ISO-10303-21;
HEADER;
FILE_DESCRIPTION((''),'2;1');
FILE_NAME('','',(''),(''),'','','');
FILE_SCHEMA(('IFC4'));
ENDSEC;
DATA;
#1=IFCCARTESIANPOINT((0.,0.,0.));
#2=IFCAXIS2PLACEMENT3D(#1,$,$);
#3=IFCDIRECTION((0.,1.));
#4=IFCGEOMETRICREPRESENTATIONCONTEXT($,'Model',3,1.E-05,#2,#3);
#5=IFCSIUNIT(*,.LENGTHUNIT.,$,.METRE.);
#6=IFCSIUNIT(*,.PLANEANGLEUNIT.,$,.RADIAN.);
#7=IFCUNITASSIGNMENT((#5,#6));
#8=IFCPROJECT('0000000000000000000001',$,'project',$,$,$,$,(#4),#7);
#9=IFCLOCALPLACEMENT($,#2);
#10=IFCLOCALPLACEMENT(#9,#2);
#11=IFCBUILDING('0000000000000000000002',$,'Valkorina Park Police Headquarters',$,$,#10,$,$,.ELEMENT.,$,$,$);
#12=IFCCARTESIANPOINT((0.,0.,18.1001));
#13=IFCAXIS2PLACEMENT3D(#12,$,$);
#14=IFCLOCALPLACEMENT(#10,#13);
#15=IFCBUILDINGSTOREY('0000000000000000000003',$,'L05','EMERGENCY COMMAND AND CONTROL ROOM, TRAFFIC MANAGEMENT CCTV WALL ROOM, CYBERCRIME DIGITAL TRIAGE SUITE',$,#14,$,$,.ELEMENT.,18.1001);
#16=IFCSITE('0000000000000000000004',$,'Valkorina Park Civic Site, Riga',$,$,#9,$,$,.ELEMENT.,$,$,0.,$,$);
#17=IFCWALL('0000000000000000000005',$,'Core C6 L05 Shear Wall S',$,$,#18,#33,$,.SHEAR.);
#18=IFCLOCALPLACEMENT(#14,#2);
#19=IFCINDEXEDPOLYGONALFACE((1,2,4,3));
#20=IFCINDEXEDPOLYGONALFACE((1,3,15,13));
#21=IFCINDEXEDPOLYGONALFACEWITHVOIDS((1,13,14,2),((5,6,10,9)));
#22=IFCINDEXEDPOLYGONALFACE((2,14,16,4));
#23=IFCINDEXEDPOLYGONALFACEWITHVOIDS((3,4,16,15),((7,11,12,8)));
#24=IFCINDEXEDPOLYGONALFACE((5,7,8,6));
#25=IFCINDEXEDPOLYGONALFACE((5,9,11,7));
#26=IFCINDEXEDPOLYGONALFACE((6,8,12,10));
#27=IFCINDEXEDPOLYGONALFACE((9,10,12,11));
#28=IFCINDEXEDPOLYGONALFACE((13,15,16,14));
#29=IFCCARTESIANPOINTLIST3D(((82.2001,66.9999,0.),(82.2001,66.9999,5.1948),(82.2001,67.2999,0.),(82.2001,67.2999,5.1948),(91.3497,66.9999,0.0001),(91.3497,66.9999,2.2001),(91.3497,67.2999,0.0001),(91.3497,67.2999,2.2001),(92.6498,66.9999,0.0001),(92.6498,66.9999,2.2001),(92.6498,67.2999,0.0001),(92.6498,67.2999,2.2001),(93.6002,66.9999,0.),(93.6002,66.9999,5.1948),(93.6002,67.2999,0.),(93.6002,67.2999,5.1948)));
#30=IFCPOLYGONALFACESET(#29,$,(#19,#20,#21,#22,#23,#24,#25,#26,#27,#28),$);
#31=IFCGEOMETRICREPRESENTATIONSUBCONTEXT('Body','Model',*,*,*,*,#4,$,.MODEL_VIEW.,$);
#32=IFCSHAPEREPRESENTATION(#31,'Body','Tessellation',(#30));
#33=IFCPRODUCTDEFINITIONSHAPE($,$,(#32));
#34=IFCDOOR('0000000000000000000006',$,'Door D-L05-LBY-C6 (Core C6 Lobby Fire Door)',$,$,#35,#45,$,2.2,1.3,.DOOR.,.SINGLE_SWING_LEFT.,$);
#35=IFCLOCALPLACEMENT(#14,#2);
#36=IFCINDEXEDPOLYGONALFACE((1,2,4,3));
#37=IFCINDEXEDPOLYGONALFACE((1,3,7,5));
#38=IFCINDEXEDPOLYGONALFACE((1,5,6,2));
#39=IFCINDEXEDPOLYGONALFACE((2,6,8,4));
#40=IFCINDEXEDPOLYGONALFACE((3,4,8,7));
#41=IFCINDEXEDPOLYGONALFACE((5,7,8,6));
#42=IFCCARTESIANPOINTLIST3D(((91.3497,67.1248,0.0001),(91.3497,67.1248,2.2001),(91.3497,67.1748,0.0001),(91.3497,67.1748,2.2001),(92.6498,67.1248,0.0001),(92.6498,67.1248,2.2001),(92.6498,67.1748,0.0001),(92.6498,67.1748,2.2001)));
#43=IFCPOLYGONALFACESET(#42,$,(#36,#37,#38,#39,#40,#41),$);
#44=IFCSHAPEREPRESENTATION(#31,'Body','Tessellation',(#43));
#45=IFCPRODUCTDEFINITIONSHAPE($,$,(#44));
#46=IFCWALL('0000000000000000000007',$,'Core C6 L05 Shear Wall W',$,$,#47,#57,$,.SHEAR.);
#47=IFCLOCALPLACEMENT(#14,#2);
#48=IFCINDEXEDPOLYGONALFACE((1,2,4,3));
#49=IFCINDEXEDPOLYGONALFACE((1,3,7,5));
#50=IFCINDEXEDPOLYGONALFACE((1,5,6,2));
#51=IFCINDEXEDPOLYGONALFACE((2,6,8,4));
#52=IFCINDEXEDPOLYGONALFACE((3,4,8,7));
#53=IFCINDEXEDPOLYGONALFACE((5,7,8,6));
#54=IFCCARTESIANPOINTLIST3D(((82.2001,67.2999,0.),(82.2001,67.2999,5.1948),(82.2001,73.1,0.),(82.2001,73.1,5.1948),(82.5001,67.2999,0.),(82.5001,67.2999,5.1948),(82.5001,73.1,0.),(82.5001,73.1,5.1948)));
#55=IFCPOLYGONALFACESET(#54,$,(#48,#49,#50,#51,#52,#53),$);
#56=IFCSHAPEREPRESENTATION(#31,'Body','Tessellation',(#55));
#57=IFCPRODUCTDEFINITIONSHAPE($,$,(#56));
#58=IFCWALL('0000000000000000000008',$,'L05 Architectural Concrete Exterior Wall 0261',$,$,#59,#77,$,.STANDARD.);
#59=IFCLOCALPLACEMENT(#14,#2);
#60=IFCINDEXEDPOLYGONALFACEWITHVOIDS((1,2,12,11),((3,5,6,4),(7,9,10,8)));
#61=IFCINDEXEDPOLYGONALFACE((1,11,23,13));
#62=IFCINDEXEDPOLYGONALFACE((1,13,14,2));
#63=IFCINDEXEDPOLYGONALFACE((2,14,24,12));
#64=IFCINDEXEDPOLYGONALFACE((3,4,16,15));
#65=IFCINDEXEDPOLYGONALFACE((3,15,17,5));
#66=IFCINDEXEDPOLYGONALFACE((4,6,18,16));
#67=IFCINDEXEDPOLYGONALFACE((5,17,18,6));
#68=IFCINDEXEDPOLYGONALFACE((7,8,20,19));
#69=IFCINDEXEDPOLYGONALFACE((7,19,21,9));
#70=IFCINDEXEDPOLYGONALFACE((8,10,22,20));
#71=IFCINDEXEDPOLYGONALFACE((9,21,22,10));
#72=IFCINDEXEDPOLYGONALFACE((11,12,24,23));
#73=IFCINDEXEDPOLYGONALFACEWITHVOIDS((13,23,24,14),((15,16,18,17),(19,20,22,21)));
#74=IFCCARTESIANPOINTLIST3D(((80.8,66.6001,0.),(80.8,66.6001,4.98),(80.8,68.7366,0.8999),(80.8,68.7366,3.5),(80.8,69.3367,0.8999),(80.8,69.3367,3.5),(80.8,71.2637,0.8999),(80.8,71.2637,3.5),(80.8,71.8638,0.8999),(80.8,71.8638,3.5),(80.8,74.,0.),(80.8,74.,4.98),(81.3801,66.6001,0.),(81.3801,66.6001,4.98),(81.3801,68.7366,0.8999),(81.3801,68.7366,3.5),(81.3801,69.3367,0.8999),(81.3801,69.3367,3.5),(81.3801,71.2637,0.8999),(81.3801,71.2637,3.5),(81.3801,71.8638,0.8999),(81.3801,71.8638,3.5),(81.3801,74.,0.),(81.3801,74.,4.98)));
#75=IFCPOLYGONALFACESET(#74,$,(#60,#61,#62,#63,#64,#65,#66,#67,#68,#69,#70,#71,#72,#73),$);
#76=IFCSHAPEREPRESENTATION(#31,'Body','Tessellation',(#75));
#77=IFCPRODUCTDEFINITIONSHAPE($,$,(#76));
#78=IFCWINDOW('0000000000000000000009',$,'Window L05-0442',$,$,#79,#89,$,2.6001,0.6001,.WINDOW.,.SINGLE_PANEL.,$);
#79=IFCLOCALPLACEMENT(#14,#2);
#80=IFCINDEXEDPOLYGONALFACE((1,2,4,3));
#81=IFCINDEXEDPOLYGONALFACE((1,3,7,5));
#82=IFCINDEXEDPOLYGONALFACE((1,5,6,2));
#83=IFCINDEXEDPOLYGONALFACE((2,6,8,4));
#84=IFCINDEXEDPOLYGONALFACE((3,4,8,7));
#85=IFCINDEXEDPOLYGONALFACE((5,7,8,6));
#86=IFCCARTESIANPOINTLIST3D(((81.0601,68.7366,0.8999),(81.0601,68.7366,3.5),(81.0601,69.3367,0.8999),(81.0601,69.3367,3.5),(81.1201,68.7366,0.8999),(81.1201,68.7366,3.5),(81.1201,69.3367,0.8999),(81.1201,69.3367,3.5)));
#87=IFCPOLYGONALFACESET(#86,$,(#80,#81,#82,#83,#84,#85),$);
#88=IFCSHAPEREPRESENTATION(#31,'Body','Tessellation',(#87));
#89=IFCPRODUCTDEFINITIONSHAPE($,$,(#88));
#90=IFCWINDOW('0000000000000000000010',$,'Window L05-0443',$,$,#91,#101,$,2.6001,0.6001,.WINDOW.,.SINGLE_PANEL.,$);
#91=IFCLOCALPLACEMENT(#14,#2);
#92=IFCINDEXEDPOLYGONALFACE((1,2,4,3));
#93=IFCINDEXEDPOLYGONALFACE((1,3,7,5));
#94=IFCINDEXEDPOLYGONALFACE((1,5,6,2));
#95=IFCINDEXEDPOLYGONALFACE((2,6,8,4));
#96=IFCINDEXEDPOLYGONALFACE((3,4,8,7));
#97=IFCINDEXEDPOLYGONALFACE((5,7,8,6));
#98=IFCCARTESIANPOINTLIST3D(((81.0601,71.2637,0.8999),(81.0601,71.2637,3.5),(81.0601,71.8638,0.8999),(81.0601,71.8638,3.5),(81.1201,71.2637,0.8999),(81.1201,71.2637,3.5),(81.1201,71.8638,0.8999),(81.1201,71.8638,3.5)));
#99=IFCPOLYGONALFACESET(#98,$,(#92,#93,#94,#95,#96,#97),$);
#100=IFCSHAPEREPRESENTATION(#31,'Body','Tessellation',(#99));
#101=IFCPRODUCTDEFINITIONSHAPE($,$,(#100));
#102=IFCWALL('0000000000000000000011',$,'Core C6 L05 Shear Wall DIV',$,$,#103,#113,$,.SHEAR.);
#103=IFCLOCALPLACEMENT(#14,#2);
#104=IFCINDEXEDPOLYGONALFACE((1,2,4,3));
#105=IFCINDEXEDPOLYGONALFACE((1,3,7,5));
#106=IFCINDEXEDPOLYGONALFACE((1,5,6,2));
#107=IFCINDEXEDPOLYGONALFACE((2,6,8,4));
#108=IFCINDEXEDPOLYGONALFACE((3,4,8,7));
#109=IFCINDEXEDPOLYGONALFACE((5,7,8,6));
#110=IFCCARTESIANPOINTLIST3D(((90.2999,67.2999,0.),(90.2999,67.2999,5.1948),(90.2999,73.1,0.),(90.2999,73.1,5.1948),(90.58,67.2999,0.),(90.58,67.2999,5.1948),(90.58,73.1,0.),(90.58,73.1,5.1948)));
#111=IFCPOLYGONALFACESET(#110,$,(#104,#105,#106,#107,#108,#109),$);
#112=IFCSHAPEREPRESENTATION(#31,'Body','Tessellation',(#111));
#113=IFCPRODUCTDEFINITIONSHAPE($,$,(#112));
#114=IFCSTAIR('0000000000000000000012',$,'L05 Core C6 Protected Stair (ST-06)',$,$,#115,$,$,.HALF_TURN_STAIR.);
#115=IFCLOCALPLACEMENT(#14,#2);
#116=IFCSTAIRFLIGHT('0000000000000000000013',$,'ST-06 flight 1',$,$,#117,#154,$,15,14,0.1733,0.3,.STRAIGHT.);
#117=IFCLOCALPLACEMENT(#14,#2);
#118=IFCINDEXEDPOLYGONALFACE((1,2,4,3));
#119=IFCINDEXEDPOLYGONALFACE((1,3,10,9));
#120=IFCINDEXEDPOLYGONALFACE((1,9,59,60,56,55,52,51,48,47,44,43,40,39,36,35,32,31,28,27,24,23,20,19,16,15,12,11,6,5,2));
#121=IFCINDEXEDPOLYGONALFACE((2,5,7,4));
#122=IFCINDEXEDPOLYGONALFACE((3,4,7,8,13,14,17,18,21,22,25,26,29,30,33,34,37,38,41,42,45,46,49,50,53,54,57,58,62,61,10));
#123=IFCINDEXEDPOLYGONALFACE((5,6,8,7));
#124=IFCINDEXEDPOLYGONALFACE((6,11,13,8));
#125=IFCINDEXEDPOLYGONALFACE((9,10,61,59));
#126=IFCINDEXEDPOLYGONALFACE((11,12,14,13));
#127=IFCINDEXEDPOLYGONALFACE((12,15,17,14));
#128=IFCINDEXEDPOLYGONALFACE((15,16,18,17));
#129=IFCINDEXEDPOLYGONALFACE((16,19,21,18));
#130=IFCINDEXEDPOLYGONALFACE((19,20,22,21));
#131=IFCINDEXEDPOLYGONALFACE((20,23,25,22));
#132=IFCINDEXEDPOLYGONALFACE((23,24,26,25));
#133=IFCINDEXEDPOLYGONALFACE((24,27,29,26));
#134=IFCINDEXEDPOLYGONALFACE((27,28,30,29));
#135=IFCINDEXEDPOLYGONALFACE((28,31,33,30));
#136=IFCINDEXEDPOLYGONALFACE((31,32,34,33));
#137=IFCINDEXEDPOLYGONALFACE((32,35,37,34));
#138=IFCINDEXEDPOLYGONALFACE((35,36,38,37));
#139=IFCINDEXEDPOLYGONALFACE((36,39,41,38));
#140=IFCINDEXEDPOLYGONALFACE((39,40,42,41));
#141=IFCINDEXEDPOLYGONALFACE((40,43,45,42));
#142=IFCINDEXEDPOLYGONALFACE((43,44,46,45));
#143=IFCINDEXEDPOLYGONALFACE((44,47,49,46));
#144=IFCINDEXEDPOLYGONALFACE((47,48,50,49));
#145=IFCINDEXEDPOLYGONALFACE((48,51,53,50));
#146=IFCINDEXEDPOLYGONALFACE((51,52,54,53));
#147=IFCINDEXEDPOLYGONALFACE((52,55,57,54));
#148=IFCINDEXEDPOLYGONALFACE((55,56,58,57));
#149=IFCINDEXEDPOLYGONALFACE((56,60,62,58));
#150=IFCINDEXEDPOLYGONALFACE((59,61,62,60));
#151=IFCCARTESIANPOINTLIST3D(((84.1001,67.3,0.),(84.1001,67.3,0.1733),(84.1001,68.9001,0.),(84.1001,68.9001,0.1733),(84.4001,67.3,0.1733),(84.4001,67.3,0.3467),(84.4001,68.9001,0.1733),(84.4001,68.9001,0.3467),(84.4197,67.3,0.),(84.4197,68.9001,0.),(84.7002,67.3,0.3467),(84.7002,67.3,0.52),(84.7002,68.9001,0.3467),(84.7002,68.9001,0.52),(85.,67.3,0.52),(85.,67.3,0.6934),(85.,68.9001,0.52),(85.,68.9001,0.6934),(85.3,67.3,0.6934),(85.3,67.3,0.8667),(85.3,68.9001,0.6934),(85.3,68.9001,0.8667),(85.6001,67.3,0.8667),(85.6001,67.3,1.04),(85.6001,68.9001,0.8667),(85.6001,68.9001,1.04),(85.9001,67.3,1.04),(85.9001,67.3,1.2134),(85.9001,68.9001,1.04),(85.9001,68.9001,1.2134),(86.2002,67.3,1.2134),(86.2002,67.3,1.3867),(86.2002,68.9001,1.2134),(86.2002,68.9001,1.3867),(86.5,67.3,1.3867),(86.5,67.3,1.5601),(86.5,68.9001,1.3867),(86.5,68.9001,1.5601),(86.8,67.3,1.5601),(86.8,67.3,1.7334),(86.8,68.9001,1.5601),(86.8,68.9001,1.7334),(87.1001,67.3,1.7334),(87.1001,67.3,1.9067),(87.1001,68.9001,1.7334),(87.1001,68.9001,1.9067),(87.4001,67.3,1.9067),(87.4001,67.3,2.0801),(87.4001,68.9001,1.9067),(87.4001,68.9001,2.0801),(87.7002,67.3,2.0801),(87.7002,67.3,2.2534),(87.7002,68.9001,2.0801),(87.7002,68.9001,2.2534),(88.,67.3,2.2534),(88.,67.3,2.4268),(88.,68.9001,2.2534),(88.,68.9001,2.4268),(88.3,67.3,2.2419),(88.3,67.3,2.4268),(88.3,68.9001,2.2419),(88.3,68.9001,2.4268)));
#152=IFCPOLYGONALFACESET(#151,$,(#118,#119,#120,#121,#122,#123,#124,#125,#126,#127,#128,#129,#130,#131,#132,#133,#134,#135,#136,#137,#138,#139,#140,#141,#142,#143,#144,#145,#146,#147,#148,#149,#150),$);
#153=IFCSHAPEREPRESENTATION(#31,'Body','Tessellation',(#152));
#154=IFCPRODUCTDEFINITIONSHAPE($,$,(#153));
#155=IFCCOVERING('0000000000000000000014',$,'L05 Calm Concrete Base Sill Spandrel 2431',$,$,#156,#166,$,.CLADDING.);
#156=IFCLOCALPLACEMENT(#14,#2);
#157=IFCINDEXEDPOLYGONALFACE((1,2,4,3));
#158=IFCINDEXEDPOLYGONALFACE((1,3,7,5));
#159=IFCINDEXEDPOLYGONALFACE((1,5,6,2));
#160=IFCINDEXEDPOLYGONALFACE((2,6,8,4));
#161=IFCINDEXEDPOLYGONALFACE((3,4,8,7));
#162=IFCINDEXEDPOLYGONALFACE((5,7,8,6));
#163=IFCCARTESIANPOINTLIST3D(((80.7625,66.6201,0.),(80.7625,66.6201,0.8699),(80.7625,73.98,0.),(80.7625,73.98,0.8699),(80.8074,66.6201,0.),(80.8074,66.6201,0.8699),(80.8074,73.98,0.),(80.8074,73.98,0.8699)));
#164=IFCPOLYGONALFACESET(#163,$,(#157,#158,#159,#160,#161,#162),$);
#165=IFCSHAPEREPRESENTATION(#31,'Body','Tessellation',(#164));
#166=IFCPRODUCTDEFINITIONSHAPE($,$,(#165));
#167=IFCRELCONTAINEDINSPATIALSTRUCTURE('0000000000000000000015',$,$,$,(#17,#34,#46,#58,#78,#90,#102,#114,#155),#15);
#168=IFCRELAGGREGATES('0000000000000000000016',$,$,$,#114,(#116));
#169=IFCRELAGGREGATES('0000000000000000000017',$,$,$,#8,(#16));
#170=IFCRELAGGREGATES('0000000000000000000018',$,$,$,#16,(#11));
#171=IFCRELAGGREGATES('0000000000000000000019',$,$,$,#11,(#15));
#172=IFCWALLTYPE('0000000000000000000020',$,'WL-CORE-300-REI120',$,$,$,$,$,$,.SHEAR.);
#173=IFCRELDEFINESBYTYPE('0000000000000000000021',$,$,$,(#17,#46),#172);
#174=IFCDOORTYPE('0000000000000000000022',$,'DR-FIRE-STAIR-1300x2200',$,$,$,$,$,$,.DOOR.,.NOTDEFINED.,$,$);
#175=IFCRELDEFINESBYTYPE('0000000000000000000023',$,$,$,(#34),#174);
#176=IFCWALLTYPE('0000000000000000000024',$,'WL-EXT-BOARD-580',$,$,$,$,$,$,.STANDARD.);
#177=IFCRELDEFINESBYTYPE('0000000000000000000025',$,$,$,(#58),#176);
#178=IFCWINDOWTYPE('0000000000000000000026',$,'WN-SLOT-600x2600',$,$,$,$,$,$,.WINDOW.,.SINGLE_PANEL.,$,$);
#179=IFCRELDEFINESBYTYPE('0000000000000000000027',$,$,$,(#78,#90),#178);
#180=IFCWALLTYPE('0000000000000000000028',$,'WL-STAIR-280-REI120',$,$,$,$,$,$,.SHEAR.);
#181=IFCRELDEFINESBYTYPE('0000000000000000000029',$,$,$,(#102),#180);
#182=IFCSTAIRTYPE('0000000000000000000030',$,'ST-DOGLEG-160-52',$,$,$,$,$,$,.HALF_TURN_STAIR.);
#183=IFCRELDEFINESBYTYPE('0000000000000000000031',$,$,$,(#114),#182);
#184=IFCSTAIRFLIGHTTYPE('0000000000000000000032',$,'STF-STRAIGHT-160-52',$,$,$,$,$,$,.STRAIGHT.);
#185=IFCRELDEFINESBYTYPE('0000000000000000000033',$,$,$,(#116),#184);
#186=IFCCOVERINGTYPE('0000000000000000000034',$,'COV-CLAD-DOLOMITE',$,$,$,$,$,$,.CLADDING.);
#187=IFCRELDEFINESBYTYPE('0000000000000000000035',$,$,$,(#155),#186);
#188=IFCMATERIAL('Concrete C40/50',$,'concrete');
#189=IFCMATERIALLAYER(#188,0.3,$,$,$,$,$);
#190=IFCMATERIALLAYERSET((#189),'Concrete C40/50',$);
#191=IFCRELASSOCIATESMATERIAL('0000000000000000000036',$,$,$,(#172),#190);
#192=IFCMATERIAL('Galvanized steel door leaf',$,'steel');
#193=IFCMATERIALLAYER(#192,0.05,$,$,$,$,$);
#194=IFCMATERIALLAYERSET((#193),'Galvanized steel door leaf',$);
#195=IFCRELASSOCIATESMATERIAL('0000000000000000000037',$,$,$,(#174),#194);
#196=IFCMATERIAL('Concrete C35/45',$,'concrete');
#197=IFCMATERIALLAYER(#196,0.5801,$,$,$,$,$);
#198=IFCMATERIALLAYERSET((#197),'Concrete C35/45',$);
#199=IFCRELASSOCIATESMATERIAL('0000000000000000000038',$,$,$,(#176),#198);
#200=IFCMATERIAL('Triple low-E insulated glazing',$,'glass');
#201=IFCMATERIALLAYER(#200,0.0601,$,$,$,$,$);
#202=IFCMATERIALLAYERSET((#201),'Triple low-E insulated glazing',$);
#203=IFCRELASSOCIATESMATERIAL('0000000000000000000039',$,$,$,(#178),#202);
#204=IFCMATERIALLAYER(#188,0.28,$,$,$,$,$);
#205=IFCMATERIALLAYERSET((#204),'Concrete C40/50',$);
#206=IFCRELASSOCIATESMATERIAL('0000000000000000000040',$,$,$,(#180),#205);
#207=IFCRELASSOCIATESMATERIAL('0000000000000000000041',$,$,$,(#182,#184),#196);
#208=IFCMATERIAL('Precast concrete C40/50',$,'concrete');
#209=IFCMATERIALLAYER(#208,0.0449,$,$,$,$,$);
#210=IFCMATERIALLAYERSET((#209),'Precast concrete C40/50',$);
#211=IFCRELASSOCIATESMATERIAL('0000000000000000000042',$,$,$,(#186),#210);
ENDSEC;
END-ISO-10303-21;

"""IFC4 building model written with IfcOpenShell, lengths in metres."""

from ifc_helpers import new_model, si_unit, direction, frame, frame_2d, origin, place, context, subcontext, project, spatial, polyline, rectangle, outline, extrude, material, layer, layer_set, type_object, element, fill, aggregate, save


model = new_model("IFC4")

# Units and contexts
model_context = context("Model", 3, precision=1e-05, world=origin(), true_north=direction((0.0, 1.0)))
body_context = subcontext(model_context, "Body", "Model", "MODEL_VIEW")
ifc_project = project(units=[si_unit("LENGTHUNIT", "METRE"), si_unit("PLANEANGLEUNIT", "RADIAN")], contexts=[model_context])

# Site, building, storey
site_placement = place(None, origin())
site = spatial("IfcSite", under=ifc_project, at=site_placement, Name="Valkorina Park Civic Site, Riga", CompositionType="ELEMENT", RefElevation=0.0)
building_placement = place(site_placement, origin())
building = spatial("IfcBuilding", under=site, at=building_placement, Name="Valkorina Park Police Headquarters", CompositionType="ELEMENT")
storey_placement = place(building_placement, frame((0.0, 0.0, 18.1001)))
storey = spatial("IfcBuildingStorey", under=building, at=storey_placement, Name="L05", Description="EMERGENCY COMMAND AND CONTROL ROOM, TRAFFIC MANAGEMENT CCTV WALL ROOM, CYBERCRIME DIGITAL TRIAGE SUITE", CompositionType="ELEMENT", Elevation=18.1001)

# Wall, opening, door
ifc_material_1 = material(Name="Concrete C40/50", Category="concrete")
ifc_layer_1 = layer(ifc_material_1, 0.3)
ifc_layer_set_1 = layer_set([ifc_layer_1], Name="Concrete C40/50")
wall_type_1 = type_object("IfcWallType", Name="WL-CORE-300-REI120", PredefinedType="SHEAR", material=ifc_layer_set_1)
wall_1_placement = place(storey_placement, frame((82.2, 67.1499, 0.0), z_axis=(0.0, 0.0, 1.0), x_axis=(1.0, 0.0, 0.0)))
wall_1 = element("IfcWall", 1, at=wall_1_placement, inside=storey, type_object=wall_type_1, Name="Core C6 L05 Shear Wall S", PredefinedType="SHEAR", context=body_context, shape_type="SweptSolid", body=[
    extrude(rectangle(XDim=11.4001, YDim=0.3, at=frame_2d((5.7002, 0.0))), origin(), (0.0, 0.0, 1.0), 5.1948),
])
opening_1_placement = place(wall_1_placement, frame((9.1499, 0.0, 0.0)))
opening_1 = element("IfcOpeningElement", 2, at=opening_1_placement, cuts=wall_1, PredefinedType="OPENING", context=body_context, shape_type="SweptSolid", body=[
    extrude(rectangle(XDim=1.3, YDim=2.2, at=frame_2d((0.6499, 1.1001))), frame((0.0, 0.1602, 0.0), z_axis=(0.0, -1.0, 0.0), x_axis=(1.0, 0.0, 0.0)), (0.0, 0.0, 1.0), 0.3201),
])
ifc_material_2 = material(Name="Galvanized steel door leaf", Category="steel")
ifc_layer_2 = layer(ifc_material_2, 0.05)
ifc_layer_set_2 = layer_set([ifc_layer_2], Name="Galvanized steel door leaf")
door_type = type_object("IfcDoorType", Name="DR-FIRE-STAIR-1300x2200", OperationType="NOTDEFINED", PredefinedType="DOOR", material=ifc_layer_set_2)
door_placement = place(opening_1_placement, origin())
door = element("IfcDoor", 3, at=door_placement, inside=storey, type_object=door_type, Name="Door D-L05-LBY-C6 (Core C6 Lobby Fire Door)", OperationType="SINGLE_SWING_LEFT", OverallHeight=2.2, OverallWidth=1.3, PredefinedType="DOOR", context=body_context, shape_type="SweptSolid", body=[
    extrude(rectangle(XDim=1.3, YDim=2.2, at=frame_2d((0.6499, 1.1001))), frame((0.0, 0.0249, 0.0), z_axis=(0.0, -1.0, 0.0), x_axis=(1.0, 0.0, 0.0)), (0.0, 0.0, 1.0), 0.05),
])
fill(opening_1, door)

# Wall
wall_2_placement = place(storey_placement, frame((82.3501, 67.3, 0.0), z_axis=(0.0, 0.0, 1.0), x_axis=(0.0, 1.0, 0.0)))
element("IfcWall", 4, at=wall_2_placement, inside=storey, type_object=wall_type_1, Name="Core C6 L05 Shear Wall W", PredefinedType="SHEAR", context=body_context, shape_type="SweptSolid", body=[
    extrude(rectangle(XDim=5.8, YDim=0.3, at=frame_2d((2.8999, 0.0))), origin(), (0.0, 0.0, 1.0), 5.1948),
])

# Wall, openings, windows
ifc_material_3 = material(Name="Concrete C35/45", Category="concrete")
ifc_layer_3 = layer(ifc_material_3, 0.5801)
ifc_layer_set_3 = layer_set([ifc_layer_3], Name="Concrete C35/45")
wall_type_2 = type_object("IfcWallType", Name="WL-EXT-BOARD-580", PredefinedType="STANDARD", material=ifc_layer_set_3)
wall_3_placement = place(storey_placement, frame((81.0901, 66.6001, 0.0), z_axis=(0.0, 0.0, 1.0), x_axis=(0.0, 1.0, 0.0)))
wall_3 = element("IfcWall", 5, at=wall_3_placement, inside=storey, type_object=wall_type_2, Name="L05 Architectural Concrete Exterior Wall 0261", PredefinedType="STANDARD", context=body_context, shape_type="SweptSolid", body=[
    extrude(rectangle(XDim=7.3999, YDim=0.5801, at=frame_2d((3.7, 0.0))), origin(), (0.0, 0.0, 1.0), 4.98),
])
opening_2_placement = place(wall_3_placement, frame((2.1365, 0.0, 0.8999)))
opening_2 = element("IfcOpeningElement", 6, at=opening_2_placement, cuts=wall_3, PredefinedType="OPENING", context=body_context, shape_type="SweptSolid", body=[
    extrude(rectangle(XDim=0.6001, YDim=2.6001, at=frame_2d((0.3, 1.3))), frame((0.0, 0.3, 0.0), z_axis=(0.0, -1.0, 0.0), x_axis=(1.0, 0.0, 0.0)), (0.0, 0.0, 1.0), 0.6001),
])
opening_3_placement = place(wall_3_placement, frame((4.6636, 0.0, 0.8999)))
opening_3 = element("IfcOpeningElement", 7, at=opening_3_placement, cuts=wall_3, PredefinedType="OPENING", context=body_context, shape_type="SweptSolid", body=[
    extrude(rectangle(XDim=0.6001, YDim=2.6001, at=frame_2d((0.3, 1.3))), frame((0.0, 0.3, 0.0), z_axis=(0.0, -1.0, 0.0), x_axis=(1.0, 0.0, 0.0)), (0.0, 0.0, 1.0), 0.6001),
])
ifc_material_4 = material(Name="Triple low-E insulated glazing", Category="glass")
ifc_layer_4 = layer(ifc_material_4, 0.0601)
ifc_layer_set_4 = layer_set([ifc_layer_4], Name="Triple low-E insulated glazing")
window_type = type_object("IfcWindowType", Name="WN-SLOT-600x2600", PartitioningType="SINGLE_PANEL", PredefinedType="WINDOW", material=ifc_layer_set_4)
window_1_placement = place(opening_2_placement, origin())
window_1 = element("IfcWindow", 8, at=window_1_placement, inside=storey, type_object=window_type, Name="Window L05-0442", OverallHeight=2.6001, OverallWidth=0.6001, PartitioningType="SINGLE_PANEL", PredefinedType="WINDOW", context=body_context, shape_type="SweptSolid", body=[
    extrude(rectangle(XDim=0.6001, YDim=2.6001, at=frame_2d((0.3, 1.3))), frame((0.0, 0.03, 0.0), z_axis=(0.0, -1.0, 0.0), x_axis=(1.0, 0.0, 0.0)), (0.0, 0.0, 1.0), 0.0601),
])
fill(opening_2, window_1)
window_2_placement = place(opening_3_placement, origin())
window_2 = element("IfcWindow", 9, at=window_2_placement, inside=storey, type_object=window_type, Name="Window L05-0443", OverallHeight=2.6001, OverallWidth=0.6001, PartitioningType="SINGLE_PANEL", PredefinedType="WINDOW", context=body_context, shape_type="SweptSolid", body=[
    extrude(rectangle(XDim=0.6001, YDim=2.6001, at=frame_2d((0.3, 1.3))), frame((0.0, 0.03, 0.0), z_axis=(0.0, -1.0, 0.0), x_axis=(1.0, 0.0, 0.0)), (0.0, 0.0, 1.0), 0.0601),
])
fill(opening_3, window_2)

# Wall
ifc_layer_5 = layer(ifc_material_1, 0.28)
ifc_layer_set_5 = layer_set([ifc_layer_5], Name="Concrete C40/50")
wall_type_3 = type_object("IfcWallType", Name="WL-STAIR-280-REI120", PredefinedType="SHEAR", material=ifc_layer_set_5)
wall_4_placement = place(storey_placement, frame((90.4399, 67.3, 0.0), z_axis=(0.0, 0.0, 1.0), x_axis=(0.0, 1.0, 0.0)))
element("IfcWall", 10, at=wall_4_placement, inside=storey, type_object=wall_type_3, Name="Core C6 L05 Shear Wall DIV", PredefinedType="SHEAR", context=body_context, shape_type="SweptSolid", body=[
    extrude(rectangle(XDim=5.8, YDim=0.28, at=frame_2d((2.8999, 0.0))), origin(), (0.0, 0.0, 1.0), 5.1948),
])

# Stair, stair flight
stair_type = type_object("IfcStairType", Name="ST-DOGLEG-160-52", PredefinedType="HALF_TURN_STAIR", material=ifc_material_3)
stair_placement = place(storey_placement, origin())
stair = element("IfcStair", 11, at=stair_placement, inside=storey, type_object=stair_type, Name="L05 Core C6 Protected Stair (ST-06)", PredefinedType="HALF_TURN_STAIR")
stair_flight_type = type_object("IfcStairFlightType", Name="STF-STRAIGHT-160-52", PredefinedType="STRAIGHT", material=ifc_material_3)
stair_flight_placement = place(storey_placement, frame((84.1001, 68.1001, 0.0), z_axis=(0.0, 0.0, 1.0), x_axis=(1.0, 0.0, 0.0)))
stair_flight = element("IfcStairFlight", 12, at=stair_flight_placement, type_object=stair_flight_type, Name="ST-06 flight 1", NumberOfRisers=15, NumberOfTreads=14, PredefinedType="STRAIGHT", RiserHeight=0.1733, TreadLength=0.3, context=body_context, shape_type="SweptSolid", body=[
    extrude(outline(polyline([(0.0, 0.0), (0.0, 0.1733), (0.3, 0.1733), (0.3, 0.3467), (0.6001, 0.3467), (0.6001, 0.52), (0.8999, 0.52), (0.8999, 0.6934), (1.2, 0.6934), (1.2, 0.8667), (1.5, 0.8667), (1.5, 1.04), (1.8, 1.04), (1.8, 1.2134), (2.1001, 1.2134), (2.1001, 1.3867), (2.3999, 1.3867), (2.3999, 1.5601), (2.7, 1.5601), (2.7, 1.7334), (3.0, 1.7334), (3.0, 1.9067), (3.3, 1.9067), (3.3, 2.0801), (3.6001, 2.0801), (3.6001, 2.2534), (3.8999, 2.2534), (3.8999, 2.4268), (4.2, 2.4268), (4.2, 2.6001), (4.2, 2.2419), (0.3196, 0.0), (0.0, 0.0)])), frame((0.0, 0.8, 0.0), z_axis=(0.0, -1.0, 0.0), x_axis=(1.0, 0.0, 0.0)), (0.0, 0.0, 1.0), 1.6001),
])
aggregate(stair, [stair_flight])

# Covering
ifc_material_5 = material(Name="Precast concrete C40/50", Category="concrete")
ifc_layer_6 = layer(ifc_material_5, 0.0449)
ifc_layer_set_6 = layer_set([ifc_layer_6], Name="Precast concrete C40/50")
covering_type = type_object("IfcCoveringType", Name="COV-CLAD-DOLOMITE", PredefinedType="CLADDING", material=ifc_layer_set_6)
covering_1_placement = place(storey_placement, frame((80.7849, 66.6201, 0.0), z_axis=(0.0, 0.0, 1.0), x_axis=(0.0, 1.0, 0.0)))
element("IfcCovering", 13, at=covering_1_placement, inside=storey, type_object=covering_type, Name="L05 Calm Concrete Base Sill Spandrel 2431", PredefinedType="CLADDING", context=body_context, shape_type="SweptSolid", body=[
    extrude(rectangle(XDim=7.3599, YDim=0.0449, at=frame_2d((3.6799, 0.0))), origin(), (0.0, 0.0, 1.0), 0.8699),
])

save(model, "model.ifc")
